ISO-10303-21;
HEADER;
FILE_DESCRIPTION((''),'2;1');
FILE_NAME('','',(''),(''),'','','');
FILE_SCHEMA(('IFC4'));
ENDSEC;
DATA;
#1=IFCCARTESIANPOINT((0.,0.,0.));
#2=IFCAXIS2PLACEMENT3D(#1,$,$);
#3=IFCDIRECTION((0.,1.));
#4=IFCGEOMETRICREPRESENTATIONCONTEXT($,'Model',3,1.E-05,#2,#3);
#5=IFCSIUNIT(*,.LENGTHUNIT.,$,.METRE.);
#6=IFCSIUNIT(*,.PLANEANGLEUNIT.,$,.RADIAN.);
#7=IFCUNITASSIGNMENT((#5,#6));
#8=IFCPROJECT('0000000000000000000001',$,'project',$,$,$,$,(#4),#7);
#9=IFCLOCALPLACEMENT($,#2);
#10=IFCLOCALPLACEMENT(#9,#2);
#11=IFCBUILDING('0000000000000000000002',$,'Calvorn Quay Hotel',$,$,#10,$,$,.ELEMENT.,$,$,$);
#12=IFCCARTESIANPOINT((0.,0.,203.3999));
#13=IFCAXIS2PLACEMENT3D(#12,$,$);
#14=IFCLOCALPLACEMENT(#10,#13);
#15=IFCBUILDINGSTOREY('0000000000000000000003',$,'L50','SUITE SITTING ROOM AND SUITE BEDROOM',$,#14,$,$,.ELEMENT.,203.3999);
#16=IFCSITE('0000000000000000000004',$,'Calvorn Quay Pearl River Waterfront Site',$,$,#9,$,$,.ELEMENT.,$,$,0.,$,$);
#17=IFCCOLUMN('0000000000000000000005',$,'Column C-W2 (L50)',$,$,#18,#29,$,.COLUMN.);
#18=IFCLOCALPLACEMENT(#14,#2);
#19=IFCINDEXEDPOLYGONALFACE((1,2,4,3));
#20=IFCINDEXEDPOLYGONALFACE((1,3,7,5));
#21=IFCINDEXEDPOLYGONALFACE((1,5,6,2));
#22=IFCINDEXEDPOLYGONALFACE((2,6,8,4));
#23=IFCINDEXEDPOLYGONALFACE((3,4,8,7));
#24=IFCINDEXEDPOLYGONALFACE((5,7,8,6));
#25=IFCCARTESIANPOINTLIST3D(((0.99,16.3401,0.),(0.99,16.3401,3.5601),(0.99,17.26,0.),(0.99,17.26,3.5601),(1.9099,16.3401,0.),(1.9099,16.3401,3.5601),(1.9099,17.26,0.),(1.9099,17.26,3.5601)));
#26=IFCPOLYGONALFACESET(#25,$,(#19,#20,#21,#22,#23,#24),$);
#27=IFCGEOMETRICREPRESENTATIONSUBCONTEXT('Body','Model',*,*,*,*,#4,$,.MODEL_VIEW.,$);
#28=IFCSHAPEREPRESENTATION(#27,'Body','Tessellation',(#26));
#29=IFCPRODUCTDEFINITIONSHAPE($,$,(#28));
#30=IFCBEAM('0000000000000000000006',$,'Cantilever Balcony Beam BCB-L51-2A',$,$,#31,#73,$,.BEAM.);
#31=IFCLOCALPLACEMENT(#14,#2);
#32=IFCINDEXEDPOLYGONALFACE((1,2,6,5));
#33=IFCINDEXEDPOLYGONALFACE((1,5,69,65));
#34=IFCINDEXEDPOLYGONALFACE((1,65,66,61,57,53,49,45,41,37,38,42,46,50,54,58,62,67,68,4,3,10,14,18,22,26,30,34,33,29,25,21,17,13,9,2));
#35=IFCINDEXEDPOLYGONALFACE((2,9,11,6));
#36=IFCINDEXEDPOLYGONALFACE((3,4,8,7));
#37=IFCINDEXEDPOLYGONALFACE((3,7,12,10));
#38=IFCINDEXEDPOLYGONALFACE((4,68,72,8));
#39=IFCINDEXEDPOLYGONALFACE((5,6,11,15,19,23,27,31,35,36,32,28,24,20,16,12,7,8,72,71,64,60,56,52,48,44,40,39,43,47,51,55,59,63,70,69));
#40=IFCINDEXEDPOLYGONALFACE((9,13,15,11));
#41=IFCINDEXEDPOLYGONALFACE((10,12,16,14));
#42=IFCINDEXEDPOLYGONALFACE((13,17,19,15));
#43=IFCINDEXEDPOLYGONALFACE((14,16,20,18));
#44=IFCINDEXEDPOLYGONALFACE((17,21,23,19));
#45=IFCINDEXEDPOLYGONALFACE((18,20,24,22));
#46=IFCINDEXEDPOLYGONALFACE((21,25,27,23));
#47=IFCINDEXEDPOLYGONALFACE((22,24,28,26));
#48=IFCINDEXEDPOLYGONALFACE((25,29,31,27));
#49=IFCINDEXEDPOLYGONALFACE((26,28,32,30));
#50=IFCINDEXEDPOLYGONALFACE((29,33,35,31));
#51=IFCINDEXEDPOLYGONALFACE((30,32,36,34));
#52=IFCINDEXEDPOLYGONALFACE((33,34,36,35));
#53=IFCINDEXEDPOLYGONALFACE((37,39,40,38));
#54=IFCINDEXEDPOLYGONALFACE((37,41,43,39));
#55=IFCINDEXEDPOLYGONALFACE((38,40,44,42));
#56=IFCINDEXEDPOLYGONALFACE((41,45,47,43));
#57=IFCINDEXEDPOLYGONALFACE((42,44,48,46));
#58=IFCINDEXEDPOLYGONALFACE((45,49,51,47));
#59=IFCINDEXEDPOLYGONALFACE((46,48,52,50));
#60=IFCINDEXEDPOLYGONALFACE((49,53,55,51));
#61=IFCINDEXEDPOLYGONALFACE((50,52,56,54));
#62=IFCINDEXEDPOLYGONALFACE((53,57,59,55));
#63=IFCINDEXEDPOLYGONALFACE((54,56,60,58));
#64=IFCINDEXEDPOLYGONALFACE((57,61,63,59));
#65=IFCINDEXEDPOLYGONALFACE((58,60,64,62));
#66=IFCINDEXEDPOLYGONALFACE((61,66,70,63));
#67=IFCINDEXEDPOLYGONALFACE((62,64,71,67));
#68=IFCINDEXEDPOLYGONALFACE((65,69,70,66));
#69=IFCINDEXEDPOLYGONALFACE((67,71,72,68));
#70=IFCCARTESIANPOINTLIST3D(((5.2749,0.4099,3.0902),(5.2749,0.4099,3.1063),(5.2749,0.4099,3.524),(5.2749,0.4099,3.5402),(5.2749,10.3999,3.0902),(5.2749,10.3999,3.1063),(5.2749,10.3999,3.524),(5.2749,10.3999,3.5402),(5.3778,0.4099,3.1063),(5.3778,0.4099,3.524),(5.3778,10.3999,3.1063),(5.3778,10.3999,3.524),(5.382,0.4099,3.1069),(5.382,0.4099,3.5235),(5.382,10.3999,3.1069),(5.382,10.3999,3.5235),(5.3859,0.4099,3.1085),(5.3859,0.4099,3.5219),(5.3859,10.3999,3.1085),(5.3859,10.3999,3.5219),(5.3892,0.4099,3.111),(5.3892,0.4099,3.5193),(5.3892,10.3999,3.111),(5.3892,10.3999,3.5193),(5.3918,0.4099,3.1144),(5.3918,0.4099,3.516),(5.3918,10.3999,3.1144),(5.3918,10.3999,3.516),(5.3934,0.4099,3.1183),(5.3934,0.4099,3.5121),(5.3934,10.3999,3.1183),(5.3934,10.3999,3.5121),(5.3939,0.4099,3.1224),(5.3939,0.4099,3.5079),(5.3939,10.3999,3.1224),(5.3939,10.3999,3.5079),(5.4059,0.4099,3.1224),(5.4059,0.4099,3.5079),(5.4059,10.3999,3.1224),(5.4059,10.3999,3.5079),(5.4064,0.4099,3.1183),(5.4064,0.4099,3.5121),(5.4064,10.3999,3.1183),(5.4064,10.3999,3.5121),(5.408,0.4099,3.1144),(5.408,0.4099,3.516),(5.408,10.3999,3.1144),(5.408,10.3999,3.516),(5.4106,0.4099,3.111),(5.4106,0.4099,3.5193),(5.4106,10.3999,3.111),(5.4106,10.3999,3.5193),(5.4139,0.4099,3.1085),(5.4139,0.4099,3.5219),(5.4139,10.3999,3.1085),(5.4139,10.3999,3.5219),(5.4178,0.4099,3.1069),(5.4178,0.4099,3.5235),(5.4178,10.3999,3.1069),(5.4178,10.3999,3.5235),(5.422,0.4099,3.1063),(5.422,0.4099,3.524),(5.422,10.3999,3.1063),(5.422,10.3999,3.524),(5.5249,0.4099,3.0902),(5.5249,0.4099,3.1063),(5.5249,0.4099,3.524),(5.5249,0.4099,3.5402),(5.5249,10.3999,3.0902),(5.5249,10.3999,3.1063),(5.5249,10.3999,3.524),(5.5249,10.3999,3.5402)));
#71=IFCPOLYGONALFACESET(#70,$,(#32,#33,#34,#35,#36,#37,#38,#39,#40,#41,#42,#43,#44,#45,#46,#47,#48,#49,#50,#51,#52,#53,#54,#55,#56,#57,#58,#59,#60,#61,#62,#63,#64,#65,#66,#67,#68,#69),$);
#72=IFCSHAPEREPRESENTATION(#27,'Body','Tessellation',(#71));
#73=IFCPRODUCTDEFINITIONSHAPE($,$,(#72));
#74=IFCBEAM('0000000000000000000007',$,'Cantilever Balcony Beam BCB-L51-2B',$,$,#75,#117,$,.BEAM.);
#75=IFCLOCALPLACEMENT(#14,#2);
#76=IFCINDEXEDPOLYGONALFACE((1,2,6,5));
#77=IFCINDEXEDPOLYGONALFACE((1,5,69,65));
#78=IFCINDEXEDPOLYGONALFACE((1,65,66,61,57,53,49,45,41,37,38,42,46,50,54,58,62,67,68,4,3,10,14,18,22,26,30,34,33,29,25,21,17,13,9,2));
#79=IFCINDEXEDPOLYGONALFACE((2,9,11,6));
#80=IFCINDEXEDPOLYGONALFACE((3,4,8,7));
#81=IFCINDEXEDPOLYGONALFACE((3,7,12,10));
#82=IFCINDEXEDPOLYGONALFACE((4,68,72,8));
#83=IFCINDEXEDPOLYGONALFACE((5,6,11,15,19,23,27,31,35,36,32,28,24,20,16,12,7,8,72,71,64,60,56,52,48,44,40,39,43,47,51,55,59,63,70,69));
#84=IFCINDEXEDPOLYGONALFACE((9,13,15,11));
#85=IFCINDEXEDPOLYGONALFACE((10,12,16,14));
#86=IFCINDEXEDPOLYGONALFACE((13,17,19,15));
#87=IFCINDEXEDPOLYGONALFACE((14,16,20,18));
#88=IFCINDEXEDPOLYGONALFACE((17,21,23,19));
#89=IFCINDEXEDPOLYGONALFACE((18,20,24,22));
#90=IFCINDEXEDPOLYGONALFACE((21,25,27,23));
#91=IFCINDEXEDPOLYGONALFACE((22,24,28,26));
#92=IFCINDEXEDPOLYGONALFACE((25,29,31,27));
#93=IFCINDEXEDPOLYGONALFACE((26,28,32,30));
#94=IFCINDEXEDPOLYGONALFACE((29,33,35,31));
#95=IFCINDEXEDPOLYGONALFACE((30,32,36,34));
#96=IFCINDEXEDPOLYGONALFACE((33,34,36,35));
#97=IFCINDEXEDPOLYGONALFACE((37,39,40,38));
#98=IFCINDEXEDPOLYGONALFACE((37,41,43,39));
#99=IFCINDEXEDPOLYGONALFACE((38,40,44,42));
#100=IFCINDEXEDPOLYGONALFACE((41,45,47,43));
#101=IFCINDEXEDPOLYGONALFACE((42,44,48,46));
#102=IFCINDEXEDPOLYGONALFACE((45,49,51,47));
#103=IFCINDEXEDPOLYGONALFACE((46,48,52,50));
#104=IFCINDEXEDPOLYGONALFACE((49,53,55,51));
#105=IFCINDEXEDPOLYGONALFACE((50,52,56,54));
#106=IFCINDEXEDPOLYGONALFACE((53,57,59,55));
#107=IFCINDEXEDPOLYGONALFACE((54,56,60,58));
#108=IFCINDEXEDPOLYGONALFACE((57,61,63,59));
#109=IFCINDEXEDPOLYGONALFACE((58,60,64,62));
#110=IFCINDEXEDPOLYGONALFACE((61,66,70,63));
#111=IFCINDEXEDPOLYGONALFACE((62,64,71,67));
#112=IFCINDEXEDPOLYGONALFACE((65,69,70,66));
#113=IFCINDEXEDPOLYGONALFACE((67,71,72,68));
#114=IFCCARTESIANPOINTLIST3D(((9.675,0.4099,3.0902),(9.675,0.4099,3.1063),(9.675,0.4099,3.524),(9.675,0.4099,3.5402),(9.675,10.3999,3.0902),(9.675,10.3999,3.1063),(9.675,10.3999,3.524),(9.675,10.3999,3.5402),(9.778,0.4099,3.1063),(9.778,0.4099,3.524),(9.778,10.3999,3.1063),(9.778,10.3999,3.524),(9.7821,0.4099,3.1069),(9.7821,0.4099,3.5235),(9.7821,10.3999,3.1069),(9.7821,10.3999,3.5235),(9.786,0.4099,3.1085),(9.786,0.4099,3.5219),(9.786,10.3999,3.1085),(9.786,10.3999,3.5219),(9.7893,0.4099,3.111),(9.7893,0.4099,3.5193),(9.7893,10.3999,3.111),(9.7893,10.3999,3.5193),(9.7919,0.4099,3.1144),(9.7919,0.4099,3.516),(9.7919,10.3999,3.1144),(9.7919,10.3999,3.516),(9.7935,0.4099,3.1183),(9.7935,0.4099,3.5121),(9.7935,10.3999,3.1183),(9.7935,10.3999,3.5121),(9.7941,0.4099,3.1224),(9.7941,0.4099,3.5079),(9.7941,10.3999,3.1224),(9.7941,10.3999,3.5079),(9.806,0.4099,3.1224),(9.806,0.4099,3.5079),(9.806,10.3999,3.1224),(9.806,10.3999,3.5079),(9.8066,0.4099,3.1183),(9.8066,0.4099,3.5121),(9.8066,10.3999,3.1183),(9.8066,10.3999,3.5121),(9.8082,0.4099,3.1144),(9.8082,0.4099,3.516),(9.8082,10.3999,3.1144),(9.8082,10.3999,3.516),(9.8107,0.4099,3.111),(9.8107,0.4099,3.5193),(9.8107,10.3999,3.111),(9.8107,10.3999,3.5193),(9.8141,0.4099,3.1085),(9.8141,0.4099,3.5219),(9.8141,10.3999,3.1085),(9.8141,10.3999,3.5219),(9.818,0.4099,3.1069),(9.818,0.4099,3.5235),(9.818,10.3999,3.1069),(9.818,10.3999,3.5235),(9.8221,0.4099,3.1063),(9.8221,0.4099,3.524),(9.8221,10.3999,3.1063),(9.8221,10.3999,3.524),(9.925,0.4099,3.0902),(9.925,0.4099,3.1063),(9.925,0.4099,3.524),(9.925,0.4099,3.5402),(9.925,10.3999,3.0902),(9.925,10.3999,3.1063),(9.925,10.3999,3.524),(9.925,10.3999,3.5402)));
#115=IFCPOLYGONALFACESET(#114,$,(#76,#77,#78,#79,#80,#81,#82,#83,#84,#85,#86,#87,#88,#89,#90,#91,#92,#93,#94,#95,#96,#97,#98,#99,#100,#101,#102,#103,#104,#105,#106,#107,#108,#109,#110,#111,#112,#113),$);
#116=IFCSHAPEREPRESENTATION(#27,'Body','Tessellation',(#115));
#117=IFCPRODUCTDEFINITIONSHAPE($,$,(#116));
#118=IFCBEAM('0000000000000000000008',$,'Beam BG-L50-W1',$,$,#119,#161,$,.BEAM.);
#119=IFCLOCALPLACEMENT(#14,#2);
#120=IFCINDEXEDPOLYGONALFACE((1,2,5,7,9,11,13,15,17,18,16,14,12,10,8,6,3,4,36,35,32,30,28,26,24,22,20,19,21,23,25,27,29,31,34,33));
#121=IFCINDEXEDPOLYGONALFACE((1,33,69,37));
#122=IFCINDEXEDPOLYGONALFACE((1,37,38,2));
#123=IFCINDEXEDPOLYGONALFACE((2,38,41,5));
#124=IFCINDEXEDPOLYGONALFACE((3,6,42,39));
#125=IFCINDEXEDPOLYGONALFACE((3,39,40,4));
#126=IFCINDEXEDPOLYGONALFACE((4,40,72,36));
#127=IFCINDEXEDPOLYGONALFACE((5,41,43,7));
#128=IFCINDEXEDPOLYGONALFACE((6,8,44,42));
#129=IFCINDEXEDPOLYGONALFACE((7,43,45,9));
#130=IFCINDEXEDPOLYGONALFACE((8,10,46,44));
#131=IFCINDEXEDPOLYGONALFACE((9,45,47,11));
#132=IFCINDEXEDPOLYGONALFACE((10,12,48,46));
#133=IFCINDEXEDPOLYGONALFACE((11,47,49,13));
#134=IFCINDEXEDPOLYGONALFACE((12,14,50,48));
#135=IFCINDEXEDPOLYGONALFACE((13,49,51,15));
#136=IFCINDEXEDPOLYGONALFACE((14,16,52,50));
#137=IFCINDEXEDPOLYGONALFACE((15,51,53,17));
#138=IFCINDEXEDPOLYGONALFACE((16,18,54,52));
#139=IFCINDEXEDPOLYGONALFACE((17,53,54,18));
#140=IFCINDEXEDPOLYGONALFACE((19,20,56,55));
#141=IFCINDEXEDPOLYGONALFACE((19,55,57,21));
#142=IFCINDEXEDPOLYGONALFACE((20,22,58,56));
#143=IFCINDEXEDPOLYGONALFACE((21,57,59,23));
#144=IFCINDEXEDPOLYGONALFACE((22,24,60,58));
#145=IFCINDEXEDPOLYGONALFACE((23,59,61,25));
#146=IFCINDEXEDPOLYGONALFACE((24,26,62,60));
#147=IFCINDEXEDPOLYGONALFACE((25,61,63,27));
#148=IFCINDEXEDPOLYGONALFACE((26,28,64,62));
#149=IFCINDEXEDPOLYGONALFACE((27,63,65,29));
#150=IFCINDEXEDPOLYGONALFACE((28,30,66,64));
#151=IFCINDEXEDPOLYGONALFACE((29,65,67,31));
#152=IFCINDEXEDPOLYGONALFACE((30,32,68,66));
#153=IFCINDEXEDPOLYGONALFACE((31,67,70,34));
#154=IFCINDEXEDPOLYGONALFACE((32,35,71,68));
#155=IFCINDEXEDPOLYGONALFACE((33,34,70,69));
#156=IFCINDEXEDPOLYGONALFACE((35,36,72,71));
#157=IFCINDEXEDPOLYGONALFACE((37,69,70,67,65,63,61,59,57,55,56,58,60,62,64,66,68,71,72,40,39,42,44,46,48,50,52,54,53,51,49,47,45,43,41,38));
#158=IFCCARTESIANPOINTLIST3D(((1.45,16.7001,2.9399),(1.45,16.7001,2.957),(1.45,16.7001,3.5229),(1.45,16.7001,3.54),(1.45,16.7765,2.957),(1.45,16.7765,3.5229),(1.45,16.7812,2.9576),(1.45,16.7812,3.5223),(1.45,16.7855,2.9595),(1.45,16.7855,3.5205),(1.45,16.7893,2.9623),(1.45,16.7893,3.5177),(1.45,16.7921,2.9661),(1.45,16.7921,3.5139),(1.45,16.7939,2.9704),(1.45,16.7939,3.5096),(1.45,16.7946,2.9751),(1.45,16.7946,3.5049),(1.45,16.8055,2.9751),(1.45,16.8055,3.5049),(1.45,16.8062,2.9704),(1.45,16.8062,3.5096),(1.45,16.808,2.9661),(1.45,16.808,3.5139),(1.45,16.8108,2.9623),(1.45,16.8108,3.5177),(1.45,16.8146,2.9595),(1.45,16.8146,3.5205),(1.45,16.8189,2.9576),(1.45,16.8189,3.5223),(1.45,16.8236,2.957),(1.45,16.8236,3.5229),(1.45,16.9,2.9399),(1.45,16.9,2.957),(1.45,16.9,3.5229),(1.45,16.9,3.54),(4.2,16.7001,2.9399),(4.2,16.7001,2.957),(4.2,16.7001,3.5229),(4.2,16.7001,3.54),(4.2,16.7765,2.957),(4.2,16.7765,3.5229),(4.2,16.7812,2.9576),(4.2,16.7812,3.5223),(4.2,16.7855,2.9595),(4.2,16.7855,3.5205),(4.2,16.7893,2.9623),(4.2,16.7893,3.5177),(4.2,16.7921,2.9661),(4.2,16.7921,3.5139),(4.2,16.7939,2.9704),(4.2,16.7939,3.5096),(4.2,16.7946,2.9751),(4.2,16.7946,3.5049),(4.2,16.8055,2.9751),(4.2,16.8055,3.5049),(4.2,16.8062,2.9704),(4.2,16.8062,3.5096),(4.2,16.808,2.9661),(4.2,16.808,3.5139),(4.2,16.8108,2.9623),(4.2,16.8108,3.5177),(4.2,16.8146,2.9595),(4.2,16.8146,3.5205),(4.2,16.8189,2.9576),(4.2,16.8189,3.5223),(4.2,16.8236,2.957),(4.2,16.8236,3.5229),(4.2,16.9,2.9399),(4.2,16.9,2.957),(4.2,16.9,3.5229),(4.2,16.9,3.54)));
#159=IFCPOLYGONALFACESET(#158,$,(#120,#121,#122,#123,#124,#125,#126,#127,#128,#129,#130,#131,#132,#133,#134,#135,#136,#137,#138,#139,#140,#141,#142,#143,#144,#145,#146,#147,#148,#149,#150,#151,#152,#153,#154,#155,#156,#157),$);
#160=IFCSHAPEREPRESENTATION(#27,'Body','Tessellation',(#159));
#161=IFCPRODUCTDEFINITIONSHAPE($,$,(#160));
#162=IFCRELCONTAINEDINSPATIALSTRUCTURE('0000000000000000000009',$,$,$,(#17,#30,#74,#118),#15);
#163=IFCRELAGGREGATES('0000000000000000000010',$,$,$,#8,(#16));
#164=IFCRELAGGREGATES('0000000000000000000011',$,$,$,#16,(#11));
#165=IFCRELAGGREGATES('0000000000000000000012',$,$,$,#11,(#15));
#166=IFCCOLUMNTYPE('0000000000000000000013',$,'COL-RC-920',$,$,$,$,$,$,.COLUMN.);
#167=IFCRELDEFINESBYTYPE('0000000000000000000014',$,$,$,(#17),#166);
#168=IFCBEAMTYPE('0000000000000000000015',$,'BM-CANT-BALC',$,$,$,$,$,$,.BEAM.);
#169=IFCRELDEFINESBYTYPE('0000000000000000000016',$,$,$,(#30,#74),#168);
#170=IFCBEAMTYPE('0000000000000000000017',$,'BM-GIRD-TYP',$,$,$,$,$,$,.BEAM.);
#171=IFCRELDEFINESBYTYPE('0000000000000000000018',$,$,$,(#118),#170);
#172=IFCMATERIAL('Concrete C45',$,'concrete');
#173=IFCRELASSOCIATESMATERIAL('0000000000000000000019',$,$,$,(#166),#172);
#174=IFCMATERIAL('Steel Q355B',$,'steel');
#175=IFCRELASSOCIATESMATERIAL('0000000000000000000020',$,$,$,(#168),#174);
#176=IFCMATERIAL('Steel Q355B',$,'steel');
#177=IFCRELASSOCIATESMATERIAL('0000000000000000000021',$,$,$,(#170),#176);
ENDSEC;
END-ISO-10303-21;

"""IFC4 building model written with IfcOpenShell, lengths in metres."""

from ifc_helpers import new_model, si_unit, direction, frame, origin, origin_2d, place, context, subcontext, project, spatial, rectangle, i_section, extrude, material, material_profile, profile_set, type_object, element, save


model = new_model("IFC4")

# Units and contexts
model_context = context("Model", 3, precision=1e-05, world=origin(), true_north=direction((0.0, 1.0)))
body_context = subcontext(model_context, "Body", "Model", "MODEL_VIEW")
ifc_project = project(units=[si_unit("LENGTHUNIT", "METRE"), si_unit("PLANEANGLEUNIT", "RADIAN")], contexts=[model_context])

# Site, building, storey
site_placement = place(None, origin())
site = spatial("IfcSite", under=ifc_project, at=site_placement, Name="Calvorn Quay Pearl River Waterfront Site", CompositionType="ELEMENT", RefElevation=0.0)
building_placement = place(site_placement, origin())
building = spatial("IfcBuilding", under=site, at=building_placement, Name="Calvorn Quay Hotel", CompositionType="ELEMENT")
storey_placement = place(building_placement, frame((0.0, 0.0, 203.3999)))
storey = spatial("IfcBuildingStorey", under=building, at=storey_placement, Name="L50", Description="SUITE SITTING ROOM AND SUITE BEDROOM", CompositionType="ELEMENT", Elevation=203.3999)

# Column
ifc_material_1 = material(Name="Concrete C45", Category="concrete")
ifc_material_profile_1 = material_profile(ifc_material_1, rectangle(XDim=0.9199, YDim=0.9199, at=origin_2d()), Name="RC920x920")
ifc_profile_set_1 = profile_set([ifc_material_profile_1], Name="Concrete C45")
column_type = type_object("IfcColumnType", Name="COL-RC-920", PredefinedType="COLUMN", material=ifc_profile_set_1)
column_placement = place(storey_placement, frame((1.45, 16.8, 0.0), z_axis=(0.0, 0.0, 1.0), x_axis=(1.0, 0.0, 0.0)))
element("IfcColumn", 1, at=column_placement, inside=storey, type_object=column_type, Name="Column C-W2 (L50)", PredefinedType="COLUMN", context=body_context, shape_type="SweptSolid", body=[
    extrude(rectangle(XDim=0.9199, YDim=0.9199, at=origin_2d()), origin(), (0.0, 0.0, 1.0), 3.5601),
])

# Beams
ifc_material_2 = material(Name="Steel Q355B", Category="steel")
ifc_material_profile_2 = material_profile(ifc_material_2, i_section(OverallWidth=0.25, OverallDepth=0.45, WebThickness=0.012, FlangeThickness=0.0161, FilletRadius=0.0161, at=origin_2d()), Name="HN450x250x12x16")
ifc_profile_set_2 = profile_set([ifc_material_profile_2], Name="Steel Q355B")
beam_type_1 = type_object("IfcBeamType", Name="BM-CANT-BALC", PredefinedType="BEAM", material=ifc_profile_set_2)
for number, where, z_axis, x_axis, name in (
    (2, (5.3999, 10.3999, 3.3152), (0.0, -1.0, 0.0), (1.0, 0.0, 0.0), "Cantilever Balcony Beam BCB-L51-2A"),
    (3, (9.8, 10.3999, 3.3152), (0.0, -1.0, 0.0), (1.0, 0.0, 0.0), "Cantilever Balcony Beam BCB-L51-2B"),
):
    element("IfcBeam", number, at=place(storey_placement, frame(where, z_axis=z_axis, x_axis=x_axis)), inside=storey, type_object=beam_type_1, Name=name, PredefinedType="BEAM", context=body_context, shape_type="SweptSolid", body=[
        extrude(i_section(OverallWidth=0.25, OverallDepth=0.45, WebThickness=0.012, FlangeThickness=0.0161, FilletRadius=0.0161, at=origin_2d()), origin(), (0.0, 0.0, 1.0), 9.99),
    ])
ifc_material_3 = material(Name="Steel Q355B", Category="steel")
ifc_material_profile_3 = material_profile(ifc_material_3, i_section(OverallWidth=0.2, OverallDepth=0.6001, WebThickness=0.011, FlangeThickness=0.0171, FilletRadius=0.0181, at=origin_2d()), Name="HN600x200x11x17")
ifc_profile_set_3 = profile_set([ifc_material_profile_3], Name="Steel Q355B")
beam_type_2 = type_object("IfcBeamType", Name="BM-GIRD-TYP", PredefinedType="BEAM", material=ifc_profile_set_3)
beam_1_placement = place(storey_placement, frame((1.45, 16.8, 3.24), z_axis=(1.0, 0.0, 0.0), x_axis=(0.0, 1.0, 0.0)))
element("IfcBeam", 4, at=beam_1_placement, inside=storey, type_object=beam_type_2, Name="Beam BG-L50-W1", PredefinedType="BEAM", context=body_context, shape_type="SweptSolid", body=[
    extrude(i_section(OverallWidth=0.2, OverallDepth=0.6001, WebThickness=0.011, FlangeThickness=0.0171, FilletRadius=0.0181, at=origin_2d()), origin(), (0.0, 0.0, 1.0), 2.75),
])

save(model, "model.ifc")
